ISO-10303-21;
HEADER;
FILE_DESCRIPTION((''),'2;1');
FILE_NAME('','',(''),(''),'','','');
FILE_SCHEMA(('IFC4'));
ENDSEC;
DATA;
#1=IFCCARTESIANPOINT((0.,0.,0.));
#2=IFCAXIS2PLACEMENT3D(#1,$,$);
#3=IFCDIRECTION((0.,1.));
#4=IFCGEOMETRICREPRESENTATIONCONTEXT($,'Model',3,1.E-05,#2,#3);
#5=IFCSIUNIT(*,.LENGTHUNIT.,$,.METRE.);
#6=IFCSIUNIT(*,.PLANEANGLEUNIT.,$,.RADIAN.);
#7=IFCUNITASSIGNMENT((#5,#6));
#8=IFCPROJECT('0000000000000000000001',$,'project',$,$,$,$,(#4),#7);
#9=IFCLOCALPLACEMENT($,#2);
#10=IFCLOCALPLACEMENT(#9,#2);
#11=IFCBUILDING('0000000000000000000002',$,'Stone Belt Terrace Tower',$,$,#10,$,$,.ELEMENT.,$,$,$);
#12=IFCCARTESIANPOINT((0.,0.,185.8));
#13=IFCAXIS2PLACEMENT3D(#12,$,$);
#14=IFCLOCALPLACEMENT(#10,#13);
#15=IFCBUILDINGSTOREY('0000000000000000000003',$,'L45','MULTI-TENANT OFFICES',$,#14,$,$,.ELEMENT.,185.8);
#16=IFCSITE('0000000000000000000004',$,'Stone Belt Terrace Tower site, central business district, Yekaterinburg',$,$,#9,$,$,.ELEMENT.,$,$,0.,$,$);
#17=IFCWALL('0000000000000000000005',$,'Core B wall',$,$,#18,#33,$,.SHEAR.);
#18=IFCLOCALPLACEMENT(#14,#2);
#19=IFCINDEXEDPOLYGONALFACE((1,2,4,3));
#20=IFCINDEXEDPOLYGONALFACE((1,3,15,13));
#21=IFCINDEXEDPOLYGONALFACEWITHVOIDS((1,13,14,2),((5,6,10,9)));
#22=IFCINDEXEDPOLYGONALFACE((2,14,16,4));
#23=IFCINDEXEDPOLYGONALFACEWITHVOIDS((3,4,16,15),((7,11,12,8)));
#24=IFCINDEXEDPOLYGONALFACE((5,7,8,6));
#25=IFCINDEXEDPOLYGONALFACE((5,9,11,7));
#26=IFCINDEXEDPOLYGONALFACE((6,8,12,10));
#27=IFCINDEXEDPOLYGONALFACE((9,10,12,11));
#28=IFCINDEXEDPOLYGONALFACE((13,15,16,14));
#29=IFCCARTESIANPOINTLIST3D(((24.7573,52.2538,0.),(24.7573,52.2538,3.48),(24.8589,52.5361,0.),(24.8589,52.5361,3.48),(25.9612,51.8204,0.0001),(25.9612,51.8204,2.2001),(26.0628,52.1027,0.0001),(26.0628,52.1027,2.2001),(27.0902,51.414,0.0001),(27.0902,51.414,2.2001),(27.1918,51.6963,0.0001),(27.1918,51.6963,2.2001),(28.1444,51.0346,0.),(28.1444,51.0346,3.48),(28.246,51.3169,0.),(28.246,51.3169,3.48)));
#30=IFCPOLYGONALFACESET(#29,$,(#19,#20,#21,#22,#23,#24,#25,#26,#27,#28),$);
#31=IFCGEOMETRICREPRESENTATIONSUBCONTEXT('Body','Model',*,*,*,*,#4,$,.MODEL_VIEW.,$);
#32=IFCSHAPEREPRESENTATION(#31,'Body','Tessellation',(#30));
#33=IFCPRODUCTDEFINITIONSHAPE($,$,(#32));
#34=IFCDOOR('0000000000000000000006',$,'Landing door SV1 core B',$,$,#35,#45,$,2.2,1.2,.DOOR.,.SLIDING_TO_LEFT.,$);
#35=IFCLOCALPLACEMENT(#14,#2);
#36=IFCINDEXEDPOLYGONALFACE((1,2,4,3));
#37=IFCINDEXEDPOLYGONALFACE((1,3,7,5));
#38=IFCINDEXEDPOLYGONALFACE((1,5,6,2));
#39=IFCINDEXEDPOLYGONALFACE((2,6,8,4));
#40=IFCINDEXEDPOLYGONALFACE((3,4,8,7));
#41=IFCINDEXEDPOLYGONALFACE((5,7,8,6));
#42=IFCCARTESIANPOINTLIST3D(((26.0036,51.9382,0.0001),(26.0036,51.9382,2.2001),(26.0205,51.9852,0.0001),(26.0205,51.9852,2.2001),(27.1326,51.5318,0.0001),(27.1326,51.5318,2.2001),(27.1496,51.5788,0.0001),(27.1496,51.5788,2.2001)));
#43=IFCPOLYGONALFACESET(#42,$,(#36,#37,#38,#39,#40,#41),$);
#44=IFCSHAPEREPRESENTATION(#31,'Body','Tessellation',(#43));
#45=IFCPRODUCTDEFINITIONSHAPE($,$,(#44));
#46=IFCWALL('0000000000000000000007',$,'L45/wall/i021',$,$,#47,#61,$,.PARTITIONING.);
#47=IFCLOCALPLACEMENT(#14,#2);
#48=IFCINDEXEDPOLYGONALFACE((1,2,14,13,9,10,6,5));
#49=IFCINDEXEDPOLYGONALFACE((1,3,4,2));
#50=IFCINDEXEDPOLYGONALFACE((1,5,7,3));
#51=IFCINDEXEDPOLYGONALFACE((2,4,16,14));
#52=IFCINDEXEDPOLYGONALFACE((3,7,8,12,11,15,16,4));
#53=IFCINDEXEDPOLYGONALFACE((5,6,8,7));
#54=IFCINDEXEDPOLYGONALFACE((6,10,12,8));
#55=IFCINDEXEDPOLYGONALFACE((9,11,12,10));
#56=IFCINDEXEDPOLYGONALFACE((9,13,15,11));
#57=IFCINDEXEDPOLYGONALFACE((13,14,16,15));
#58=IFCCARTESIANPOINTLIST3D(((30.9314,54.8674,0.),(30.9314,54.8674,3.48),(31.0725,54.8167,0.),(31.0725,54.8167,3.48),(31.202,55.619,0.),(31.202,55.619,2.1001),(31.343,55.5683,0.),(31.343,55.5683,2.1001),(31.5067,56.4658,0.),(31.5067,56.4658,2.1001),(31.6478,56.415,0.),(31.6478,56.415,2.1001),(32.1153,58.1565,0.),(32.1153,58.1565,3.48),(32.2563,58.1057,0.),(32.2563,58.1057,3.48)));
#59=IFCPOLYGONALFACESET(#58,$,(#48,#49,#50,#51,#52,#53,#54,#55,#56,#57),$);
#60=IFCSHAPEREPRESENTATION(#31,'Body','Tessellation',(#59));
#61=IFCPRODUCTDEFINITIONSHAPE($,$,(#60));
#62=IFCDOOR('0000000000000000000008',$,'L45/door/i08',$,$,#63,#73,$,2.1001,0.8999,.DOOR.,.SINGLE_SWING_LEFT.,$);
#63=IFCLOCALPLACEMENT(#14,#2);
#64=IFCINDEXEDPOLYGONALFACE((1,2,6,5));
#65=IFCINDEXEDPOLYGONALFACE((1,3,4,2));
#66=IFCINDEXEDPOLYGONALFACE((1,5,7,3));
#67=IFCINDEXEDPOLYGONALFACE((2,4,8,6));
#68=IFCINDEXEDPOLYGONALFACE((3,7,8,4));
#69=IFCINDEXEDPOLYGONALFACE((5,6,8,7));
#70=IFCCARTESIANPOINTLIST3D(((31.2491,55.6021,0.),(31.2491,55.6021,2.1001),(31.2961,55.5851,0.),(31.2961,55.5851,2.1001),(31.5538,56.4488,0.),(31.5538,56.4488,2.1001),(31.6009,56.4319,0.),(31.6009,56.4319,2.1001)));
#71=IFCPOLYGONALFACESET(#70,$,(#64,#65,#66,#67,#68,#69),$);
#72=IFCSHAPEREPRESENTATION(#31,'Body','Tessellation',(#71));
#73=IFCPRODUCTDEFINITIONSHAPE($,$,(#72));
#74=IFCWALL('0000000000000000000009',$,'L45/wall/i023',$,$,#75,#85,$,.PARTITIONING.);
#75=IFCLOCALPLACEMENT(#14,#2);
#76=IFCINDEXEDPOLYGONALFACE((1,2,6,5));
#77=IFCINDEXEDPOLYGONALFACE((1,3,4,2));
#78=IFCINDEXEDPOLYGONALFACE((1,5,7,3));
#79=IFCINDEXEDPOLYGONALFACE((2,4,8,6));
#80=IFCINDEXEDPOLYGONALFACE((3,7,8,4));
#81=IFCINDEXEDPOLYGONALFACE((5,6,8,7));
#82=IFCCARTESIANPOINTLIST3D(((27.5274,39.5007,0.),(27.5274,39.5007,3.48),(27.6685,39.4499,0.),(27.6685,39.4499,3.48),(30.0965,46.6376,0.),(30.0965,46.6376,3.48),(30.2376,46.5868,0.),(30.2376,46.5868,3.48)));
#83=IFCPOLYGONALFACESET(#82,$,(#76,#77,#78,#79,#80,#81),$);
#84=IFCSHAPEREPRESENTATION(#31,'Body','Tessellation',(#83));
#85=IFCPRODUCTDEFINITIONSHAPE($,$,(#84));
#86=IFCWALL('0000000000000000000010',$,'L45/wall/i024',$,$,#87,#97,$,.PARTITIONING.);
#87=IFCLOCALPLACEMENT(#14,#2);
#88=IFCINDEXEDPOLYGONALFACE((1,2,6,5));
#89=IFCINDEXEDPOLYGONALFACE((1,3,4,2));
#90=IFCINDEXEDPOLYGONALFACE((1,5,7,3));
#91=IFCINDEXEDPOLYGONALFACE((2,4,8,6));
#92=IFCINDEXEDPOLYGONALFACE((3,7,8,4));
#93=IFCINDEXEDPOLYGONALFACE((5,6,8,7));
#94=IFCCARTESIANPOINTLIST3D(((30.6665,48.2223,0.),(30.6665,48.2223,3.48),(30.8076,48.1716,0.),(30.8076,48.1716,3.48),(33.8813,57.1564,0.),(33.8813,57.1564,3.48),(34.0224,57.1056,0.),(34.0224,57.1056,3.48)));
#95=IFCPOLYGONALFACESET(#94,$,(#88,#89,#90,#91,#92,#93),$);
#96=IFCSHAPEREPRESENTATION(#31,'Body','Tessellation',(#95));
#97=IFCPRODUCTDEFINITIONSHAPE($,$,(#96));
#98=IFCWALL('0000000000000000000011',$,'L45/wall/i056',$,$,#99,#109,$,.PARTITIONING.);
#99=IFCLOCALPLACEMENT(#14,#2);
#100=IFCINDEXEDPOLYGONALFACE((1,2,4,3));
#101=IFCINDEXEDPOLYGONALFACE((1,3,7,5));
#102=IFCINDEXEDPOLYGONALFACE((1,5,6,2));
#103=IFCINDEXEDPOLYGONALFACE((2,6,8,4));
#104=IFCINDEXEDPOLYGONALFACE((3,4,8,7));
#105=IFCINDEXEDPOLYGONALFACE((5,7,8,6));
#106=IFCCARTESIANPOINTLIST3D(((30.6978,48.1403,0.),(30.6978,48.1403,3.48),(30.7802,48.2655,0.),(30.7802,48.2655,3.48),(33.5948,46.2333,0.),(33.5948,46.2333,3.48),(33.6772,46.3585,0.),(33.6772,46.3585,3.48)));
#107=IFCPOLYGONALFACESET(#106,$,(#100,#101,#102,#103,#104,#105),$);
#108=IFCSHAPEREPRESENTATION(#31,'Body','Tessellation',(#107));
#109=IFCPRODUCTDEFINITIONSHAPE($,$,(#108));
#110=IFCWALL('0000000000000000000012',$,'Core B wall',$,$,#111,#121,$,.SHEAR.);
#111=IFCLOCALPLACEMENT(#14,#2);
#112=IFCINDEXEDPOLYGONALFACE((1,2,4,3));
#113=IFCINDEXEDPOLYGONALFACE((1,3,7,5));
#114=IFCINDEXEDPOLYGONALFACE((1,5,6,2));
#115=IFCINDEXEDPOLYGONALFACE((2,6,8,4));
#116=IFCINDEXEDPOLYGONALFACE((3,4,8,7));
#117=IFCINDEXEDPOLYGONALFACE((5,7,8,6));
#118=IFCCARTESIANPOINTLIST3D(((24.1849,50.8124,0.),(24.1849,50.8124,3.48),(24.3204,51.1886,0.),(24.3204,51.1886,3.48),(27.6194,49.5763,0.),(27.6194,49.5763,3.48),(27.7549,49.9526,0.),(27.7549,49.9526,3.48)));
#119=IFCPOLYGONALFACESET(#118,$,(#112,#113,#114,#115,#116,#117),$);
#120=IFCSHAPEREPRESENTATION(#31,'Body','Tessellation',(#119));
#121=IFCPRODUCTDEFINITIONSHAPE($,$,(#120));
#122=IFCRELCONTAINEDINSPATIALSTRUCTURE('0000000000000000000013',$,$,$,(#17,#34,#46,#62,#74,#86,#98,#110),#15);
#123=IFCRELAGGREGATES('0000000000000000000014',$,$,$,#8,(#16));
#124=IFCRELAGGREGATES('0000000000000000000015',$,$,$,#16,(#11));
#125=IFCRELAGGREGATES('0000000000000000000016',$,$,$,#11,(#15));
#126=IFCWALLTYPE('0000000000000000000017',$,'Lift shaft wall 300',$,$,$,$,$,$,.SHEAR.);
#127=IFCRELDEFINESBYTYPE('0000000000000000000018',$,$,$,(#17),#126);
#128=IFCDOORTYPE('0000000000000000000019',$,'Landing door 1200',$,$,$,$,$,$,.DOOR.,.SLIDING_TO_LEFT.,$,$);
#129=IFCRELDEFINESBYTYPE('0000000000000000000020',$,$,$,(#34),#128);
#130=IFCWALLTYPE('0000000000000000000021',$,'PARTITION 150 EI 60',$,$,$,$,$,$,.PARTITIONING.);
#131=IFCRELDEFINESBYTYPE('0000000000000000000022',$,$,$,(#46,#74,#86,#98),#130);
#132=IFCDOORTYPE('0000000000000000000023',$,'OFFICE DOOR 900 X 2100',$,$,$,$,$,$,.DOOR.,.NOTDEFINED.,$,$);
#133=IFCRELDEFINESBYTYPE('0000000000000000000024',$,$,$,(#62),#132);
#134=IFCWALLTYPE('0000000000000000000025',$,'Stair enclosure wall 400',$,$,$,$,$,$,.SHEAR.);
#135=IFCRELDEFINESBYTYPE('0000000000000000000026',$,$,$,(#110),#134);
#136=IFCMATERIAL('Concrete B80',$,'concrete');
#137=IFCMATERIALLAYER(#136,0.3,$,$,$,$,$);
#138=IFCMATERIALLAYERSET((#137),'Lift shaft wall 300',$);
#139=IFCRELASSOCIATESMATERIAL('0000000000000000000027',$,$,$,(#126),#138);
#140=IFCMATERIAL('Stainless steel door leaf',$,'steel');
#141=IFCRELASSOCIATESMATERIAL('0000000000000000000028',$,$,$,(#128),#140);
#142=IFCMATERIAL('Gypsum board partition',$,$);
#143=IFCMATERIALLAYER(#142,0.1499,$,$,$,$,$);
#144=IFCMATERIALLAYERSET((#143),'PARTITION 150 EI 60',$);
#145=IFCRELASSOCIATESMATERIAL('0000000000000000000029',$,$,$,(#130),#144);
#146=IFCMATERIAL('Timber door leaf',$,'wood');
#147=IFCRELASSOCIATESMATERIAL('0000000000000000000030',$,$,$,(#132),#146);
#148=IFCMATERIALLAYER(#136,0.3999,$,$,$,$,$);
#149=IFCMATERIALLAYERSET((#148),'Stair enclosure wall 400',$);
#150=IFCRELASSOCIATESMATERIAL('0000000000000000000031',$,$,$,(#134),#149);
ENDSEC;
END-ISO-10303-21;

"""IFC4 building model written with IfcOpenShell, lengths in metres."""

from ifc_helpers import new_model, si_unit, direction, frame, frame_2d, origin, place, context, subcontext, project, spatial, rectangle, extrude, material, layer, layer_set, type_object, element, fill, save


model = new_model("IFC4")

# Units and contexts
model_context = context("Model", 3, precision=1e-05, world=origin(), true_north=direction((0.0, 1.0)))
body_context = subcontext(model_context, "Body", "Model", "MODEL_VIEW")
ifc_project = project(units=[si_unit("LENGTHUNIT", "METRE"), si_unit("PLANEANGLEUNIT", "RADIAN")], contexts=[model_context])

# Site, building, storey
site_placement = place(None, origin())
site = spatial("IfcSite", under=ifc_project, at=site_placement, Name="Stone Belt Terrace Tower site, central business district, Yekaterinburg", CompositionType="ELEMENT", RefElevation=0.0)
building_placement = place(site_placement, origin())
building = spatial("IfcBuilding", under=site, at=building_placement, Name="Stone Belt Terrace Tower", CompositionType="ELEMENT")
storey_placement = place(building_placement, frame((0.0, 0.0, 185.8)))
storey = spatial("IfcBuildingStorey", under=building, at=storey_placement, Name="L45", Description="MULTI-TENANT OFFICES", CompositionType="ELEMENT", Elevation=185.8)

# Shared definitions
ifc_material_1 = material(Name="Concrete B80", Category="concrete")

# Walls, openings, doors
ifc_layer_1 = layer(ifc_material_1, 0.3)
ifc_layer_set_1 = layer_set([ifc_layer_1], Name="Lift shaft wall 300")
wall_type_1 = type_object("IfcWallType", Name="Lift shaft wall 300", PredefinedType="SHEAR", material=ifc_layer_set_1)
wall_1_placement = place(storey_placement, frame((28.1951, 51.1758, 0.0), z_axis=(0.0, 0.0, 1.0), x_axis=(-0.940901, 0.338681, 0.0)))
wall_1 = element("IfcWall", 1, at=wall_1_placement, inside=storey, type_object=wall_type_1, Name="Core B wall", PredefinedType="SHEAR", context=body_context, shape_type="SweptSolid", body=[
    extrude(rectangle(XDim=3.5999, YDim=0.3, at=frame_2d((1.7998, 0.0))), origin(), (0.0, 0.0, 1.0), 3.48),
])
opening_1_placement = place(wall_1_placement, frame((1.1201, 0.0, 0.0)))
opening_1 = element("IfcOpeningElement", 2, at=opening_1_placement, cuts=wall_1, PredefinedType="OPENING", context=body_context, shape_type="SweptSolid", body=[
    extrude(rectangle(XDim=1.2, YDim=2.2, at=frame_2d((0.6001, 1.1001))), frame((0.0, 0.1599, 0.0), z_axis=(0.0, -1.0, 0.0), x_axis=(1.0, 0.0, 0.0)), (0.0, 0.0, 1.0), 0.3201),
])
ifc_material_2 = material(Name="Stainless steel door leaf", Category="steel")
door_type_1 = type_object("IfcDoorType", Name="Landing door 1200", OperationType="SLIDING_TO_LEFT", PredefinedType="DOOR", material=ifc_material_2)
door_1_placement = place(opening_1_placement, origin())
door_1 = element("IfcDoor", 3, at=door_1_placement, inside=storey, type_object=door_type_1, Name="Landing door SV1 core B", OperationType="SLIDING_TO_LEFT", OverallHeight=2.2, OverallWidth=1.2, PredefinedType="DOOR", context=body_context, shape_type="SweptSolid", body=[
    extrude(rectangle(XDim=1.2, YDim=2.2, at=frame_2d((0.6001, 1.1001))), frame((0.0, 0.0249, 0.0), z_axis=(0.0, -1.0, 0.0), x_axis=(1.0, 0.0, 0.0)), (0.0, 0.0, 1.0), 0.05),
])
fill(opening_1, door_1)
ifc_material_3 = material(Name="Gypsum board partition")
ifc_layer_2 = layer(ifc_material_3, 0.1499)
ifc_layer_set_2 = layer_set([ifc_layer_2], Name="PARTITION 150 EI 60")
wall_type_2 = type_object("IfcWallType", Name="PARTITION 150 EI 60", PredefinedType="PARTITIONING", material=ifc_layer_set_2)
wall_2_placement = place(storey_placement, frame((31.002, 54.842, 0.0), z_axis=(0.0, 0.0, 1.0), x_axis=(0.338663, 0.940908, 0.0)))
wall_2 = element("IfcWall", 4, at=wall_2_placement, inside=storey, type_object=wall_type_2, Name="L45/wall/i021", PredefinedType="PARTITIONING", context=body_context, shape_type="SweptSolid", body=[
    extrude(rectangle(XDim=3.4956, YDim=0.1499, at=frame_2d((1.7478, 0.0))), origin(), (0.0, 0.0, 1.0), 3.48),
])
opening_2_placement = place(wall_2_placement, frame((0.7988, 0.0, 0.0)))
opening_2 = element("IfcOpeningElement", 5, at=opening_2_placement, cuts=wall_2, PredefinedType="OPENING", context=body_context, shape_type="SweptSolid", body=[
    extrude(rectangle(XDim=0.8999, YDim=2.1001, at=frame_2d((0.45, 1.05))), frame((0.0, 0.085, 0.0), z_axis=(0.0, -1.0, 0.0), x_axis=(1.0, 0.0, 0.0)), (0.0, 0.0, 1.0), 0.1699),
])
ifc_material_4 = material(Name="Timber door leaf", Category="wood")
door_type_2 = type_object("IfcDoorType", Name="OFFICE DOOR 900 X 2100", OperationType="NOTDEFINED", PredefinedType="DOOR", material=ifc_material_4)
door_2_placement = place(opening_2_placement, origin())
door_2 = element("IfcDoor", 6, at=door_2_placement, inside=storey, type_object=door_type_2, Name="L45/door/i08", OperationType="SINGLE_SWING_LEFT", OverallHeight=2.1001, OverallWidth=0.8999, PredefinedType="DOOR", context=body_context, shape_type="SweptSolid", body=[
    extrude(rectangle(XDim=0.8999, YDim=2.1001, at=frame_2d((0.45, 1.05))), frame((0.0, 0.0249, 0.0), z_axis=(0.0, -1.0, 0.0), x_axis=(1.0, 0.0, 0.0)), (0.0, 0.0, 1.0), 0.05),
])
fill(opening_2, door_2)

# Walls
wall_3_placement = place(storey_placement, frame((30.167, 46.6121, 0.0), z_axis=(0.0, 0.0, 1.0), x_axis=(-0.338694, -0.940896, 0.0)))
element("IfcWall", 7, at=wall_3_placement, inside=storey, type_object=wall_type_2, Name="L45/wall/i023", PredefinedType="PARTITIONING", context=body_context, shape_type="SweptSolid", body=[
    extrude(rectangle(XDim=7.5852, YDim=0.1499, at=frame_2d((3.7925, 0.0))), origin(), (0.0, 0.0, 1.0), 3.48),
])
wall_4_placement = place(storey_placement, frame((33.9519, 57.1311, 0.0), z_axis=(0.0, 0.0, 1.0), x_axis=(-0.338587, -0.940935, 0.0)))
element("IfcWall", 8, at=wall_4_placement, inside=storey, type_object=wall_type_2, Name="L45/wall/i024", PredefinedType="PARTITIONING", context=body_context, shape_type="SweptSolid", body=[
    extrude(rectangle(XDim=9.4949, YDim=0.1499, at=frame_2d((4.7476, 0.0))), origin(), (0.0, 0.0, 1.0), 3.48),
])
wall_5_placement = place(storey_placement, frame((30.739, 48.2029, 0.0), z_axis=(0.0, 0.0, 1.0), x_axis=(0.835274, -0.549834, 0.0)))
element("IfcWall", 9, at=wall_5_placement, inside=storey, type_object=wall_type_2, Name="L45/wall/i056", PredefinedType="PARTITIONING", context=body_context, shape_type="SweptSolid", body=[
    extrude(rectangle(XDim=3.4683, YDim=0.1499, at=frame_2d((1.7341, 0.0))), origin(), (0.0, 0.0, 1.0), 3.48),
])
ifc_layer_3 = layer(ifc_material_1, 0.3999)
ifc_layer_set_3 = layer_set([ifc_layer_3], Name="Stair enclosure wall 400")
wall_type_3 = type_object("IfcWallType", Name="Stair enclosure wall 400", PredefinedType="SHEAR", material=ifc_layer_set_3)
wall_6_placement = place(storey_placement, frame((27.6873, 49.7644, 0.0), z_axis=(0.0, 0.0, 1.0), x_axis=(-0.940919, 0.338632, 0.0)))
element("IfcWall", 10, at=wall_6_placement, inside=storey, type_object=wall_type_3, Name="Core B wall", PredefinedType="SHEAR", context=body_context, shape_type="SweptSolid", body=[
    extrude(rectangle(XDim=3.6501, YDim=0.3999, at=frame_2d((1.8252, 0.0))), origin(), (0.0, 0.0, 1.0), 3.48),
])

save(model, "model.ifc")
